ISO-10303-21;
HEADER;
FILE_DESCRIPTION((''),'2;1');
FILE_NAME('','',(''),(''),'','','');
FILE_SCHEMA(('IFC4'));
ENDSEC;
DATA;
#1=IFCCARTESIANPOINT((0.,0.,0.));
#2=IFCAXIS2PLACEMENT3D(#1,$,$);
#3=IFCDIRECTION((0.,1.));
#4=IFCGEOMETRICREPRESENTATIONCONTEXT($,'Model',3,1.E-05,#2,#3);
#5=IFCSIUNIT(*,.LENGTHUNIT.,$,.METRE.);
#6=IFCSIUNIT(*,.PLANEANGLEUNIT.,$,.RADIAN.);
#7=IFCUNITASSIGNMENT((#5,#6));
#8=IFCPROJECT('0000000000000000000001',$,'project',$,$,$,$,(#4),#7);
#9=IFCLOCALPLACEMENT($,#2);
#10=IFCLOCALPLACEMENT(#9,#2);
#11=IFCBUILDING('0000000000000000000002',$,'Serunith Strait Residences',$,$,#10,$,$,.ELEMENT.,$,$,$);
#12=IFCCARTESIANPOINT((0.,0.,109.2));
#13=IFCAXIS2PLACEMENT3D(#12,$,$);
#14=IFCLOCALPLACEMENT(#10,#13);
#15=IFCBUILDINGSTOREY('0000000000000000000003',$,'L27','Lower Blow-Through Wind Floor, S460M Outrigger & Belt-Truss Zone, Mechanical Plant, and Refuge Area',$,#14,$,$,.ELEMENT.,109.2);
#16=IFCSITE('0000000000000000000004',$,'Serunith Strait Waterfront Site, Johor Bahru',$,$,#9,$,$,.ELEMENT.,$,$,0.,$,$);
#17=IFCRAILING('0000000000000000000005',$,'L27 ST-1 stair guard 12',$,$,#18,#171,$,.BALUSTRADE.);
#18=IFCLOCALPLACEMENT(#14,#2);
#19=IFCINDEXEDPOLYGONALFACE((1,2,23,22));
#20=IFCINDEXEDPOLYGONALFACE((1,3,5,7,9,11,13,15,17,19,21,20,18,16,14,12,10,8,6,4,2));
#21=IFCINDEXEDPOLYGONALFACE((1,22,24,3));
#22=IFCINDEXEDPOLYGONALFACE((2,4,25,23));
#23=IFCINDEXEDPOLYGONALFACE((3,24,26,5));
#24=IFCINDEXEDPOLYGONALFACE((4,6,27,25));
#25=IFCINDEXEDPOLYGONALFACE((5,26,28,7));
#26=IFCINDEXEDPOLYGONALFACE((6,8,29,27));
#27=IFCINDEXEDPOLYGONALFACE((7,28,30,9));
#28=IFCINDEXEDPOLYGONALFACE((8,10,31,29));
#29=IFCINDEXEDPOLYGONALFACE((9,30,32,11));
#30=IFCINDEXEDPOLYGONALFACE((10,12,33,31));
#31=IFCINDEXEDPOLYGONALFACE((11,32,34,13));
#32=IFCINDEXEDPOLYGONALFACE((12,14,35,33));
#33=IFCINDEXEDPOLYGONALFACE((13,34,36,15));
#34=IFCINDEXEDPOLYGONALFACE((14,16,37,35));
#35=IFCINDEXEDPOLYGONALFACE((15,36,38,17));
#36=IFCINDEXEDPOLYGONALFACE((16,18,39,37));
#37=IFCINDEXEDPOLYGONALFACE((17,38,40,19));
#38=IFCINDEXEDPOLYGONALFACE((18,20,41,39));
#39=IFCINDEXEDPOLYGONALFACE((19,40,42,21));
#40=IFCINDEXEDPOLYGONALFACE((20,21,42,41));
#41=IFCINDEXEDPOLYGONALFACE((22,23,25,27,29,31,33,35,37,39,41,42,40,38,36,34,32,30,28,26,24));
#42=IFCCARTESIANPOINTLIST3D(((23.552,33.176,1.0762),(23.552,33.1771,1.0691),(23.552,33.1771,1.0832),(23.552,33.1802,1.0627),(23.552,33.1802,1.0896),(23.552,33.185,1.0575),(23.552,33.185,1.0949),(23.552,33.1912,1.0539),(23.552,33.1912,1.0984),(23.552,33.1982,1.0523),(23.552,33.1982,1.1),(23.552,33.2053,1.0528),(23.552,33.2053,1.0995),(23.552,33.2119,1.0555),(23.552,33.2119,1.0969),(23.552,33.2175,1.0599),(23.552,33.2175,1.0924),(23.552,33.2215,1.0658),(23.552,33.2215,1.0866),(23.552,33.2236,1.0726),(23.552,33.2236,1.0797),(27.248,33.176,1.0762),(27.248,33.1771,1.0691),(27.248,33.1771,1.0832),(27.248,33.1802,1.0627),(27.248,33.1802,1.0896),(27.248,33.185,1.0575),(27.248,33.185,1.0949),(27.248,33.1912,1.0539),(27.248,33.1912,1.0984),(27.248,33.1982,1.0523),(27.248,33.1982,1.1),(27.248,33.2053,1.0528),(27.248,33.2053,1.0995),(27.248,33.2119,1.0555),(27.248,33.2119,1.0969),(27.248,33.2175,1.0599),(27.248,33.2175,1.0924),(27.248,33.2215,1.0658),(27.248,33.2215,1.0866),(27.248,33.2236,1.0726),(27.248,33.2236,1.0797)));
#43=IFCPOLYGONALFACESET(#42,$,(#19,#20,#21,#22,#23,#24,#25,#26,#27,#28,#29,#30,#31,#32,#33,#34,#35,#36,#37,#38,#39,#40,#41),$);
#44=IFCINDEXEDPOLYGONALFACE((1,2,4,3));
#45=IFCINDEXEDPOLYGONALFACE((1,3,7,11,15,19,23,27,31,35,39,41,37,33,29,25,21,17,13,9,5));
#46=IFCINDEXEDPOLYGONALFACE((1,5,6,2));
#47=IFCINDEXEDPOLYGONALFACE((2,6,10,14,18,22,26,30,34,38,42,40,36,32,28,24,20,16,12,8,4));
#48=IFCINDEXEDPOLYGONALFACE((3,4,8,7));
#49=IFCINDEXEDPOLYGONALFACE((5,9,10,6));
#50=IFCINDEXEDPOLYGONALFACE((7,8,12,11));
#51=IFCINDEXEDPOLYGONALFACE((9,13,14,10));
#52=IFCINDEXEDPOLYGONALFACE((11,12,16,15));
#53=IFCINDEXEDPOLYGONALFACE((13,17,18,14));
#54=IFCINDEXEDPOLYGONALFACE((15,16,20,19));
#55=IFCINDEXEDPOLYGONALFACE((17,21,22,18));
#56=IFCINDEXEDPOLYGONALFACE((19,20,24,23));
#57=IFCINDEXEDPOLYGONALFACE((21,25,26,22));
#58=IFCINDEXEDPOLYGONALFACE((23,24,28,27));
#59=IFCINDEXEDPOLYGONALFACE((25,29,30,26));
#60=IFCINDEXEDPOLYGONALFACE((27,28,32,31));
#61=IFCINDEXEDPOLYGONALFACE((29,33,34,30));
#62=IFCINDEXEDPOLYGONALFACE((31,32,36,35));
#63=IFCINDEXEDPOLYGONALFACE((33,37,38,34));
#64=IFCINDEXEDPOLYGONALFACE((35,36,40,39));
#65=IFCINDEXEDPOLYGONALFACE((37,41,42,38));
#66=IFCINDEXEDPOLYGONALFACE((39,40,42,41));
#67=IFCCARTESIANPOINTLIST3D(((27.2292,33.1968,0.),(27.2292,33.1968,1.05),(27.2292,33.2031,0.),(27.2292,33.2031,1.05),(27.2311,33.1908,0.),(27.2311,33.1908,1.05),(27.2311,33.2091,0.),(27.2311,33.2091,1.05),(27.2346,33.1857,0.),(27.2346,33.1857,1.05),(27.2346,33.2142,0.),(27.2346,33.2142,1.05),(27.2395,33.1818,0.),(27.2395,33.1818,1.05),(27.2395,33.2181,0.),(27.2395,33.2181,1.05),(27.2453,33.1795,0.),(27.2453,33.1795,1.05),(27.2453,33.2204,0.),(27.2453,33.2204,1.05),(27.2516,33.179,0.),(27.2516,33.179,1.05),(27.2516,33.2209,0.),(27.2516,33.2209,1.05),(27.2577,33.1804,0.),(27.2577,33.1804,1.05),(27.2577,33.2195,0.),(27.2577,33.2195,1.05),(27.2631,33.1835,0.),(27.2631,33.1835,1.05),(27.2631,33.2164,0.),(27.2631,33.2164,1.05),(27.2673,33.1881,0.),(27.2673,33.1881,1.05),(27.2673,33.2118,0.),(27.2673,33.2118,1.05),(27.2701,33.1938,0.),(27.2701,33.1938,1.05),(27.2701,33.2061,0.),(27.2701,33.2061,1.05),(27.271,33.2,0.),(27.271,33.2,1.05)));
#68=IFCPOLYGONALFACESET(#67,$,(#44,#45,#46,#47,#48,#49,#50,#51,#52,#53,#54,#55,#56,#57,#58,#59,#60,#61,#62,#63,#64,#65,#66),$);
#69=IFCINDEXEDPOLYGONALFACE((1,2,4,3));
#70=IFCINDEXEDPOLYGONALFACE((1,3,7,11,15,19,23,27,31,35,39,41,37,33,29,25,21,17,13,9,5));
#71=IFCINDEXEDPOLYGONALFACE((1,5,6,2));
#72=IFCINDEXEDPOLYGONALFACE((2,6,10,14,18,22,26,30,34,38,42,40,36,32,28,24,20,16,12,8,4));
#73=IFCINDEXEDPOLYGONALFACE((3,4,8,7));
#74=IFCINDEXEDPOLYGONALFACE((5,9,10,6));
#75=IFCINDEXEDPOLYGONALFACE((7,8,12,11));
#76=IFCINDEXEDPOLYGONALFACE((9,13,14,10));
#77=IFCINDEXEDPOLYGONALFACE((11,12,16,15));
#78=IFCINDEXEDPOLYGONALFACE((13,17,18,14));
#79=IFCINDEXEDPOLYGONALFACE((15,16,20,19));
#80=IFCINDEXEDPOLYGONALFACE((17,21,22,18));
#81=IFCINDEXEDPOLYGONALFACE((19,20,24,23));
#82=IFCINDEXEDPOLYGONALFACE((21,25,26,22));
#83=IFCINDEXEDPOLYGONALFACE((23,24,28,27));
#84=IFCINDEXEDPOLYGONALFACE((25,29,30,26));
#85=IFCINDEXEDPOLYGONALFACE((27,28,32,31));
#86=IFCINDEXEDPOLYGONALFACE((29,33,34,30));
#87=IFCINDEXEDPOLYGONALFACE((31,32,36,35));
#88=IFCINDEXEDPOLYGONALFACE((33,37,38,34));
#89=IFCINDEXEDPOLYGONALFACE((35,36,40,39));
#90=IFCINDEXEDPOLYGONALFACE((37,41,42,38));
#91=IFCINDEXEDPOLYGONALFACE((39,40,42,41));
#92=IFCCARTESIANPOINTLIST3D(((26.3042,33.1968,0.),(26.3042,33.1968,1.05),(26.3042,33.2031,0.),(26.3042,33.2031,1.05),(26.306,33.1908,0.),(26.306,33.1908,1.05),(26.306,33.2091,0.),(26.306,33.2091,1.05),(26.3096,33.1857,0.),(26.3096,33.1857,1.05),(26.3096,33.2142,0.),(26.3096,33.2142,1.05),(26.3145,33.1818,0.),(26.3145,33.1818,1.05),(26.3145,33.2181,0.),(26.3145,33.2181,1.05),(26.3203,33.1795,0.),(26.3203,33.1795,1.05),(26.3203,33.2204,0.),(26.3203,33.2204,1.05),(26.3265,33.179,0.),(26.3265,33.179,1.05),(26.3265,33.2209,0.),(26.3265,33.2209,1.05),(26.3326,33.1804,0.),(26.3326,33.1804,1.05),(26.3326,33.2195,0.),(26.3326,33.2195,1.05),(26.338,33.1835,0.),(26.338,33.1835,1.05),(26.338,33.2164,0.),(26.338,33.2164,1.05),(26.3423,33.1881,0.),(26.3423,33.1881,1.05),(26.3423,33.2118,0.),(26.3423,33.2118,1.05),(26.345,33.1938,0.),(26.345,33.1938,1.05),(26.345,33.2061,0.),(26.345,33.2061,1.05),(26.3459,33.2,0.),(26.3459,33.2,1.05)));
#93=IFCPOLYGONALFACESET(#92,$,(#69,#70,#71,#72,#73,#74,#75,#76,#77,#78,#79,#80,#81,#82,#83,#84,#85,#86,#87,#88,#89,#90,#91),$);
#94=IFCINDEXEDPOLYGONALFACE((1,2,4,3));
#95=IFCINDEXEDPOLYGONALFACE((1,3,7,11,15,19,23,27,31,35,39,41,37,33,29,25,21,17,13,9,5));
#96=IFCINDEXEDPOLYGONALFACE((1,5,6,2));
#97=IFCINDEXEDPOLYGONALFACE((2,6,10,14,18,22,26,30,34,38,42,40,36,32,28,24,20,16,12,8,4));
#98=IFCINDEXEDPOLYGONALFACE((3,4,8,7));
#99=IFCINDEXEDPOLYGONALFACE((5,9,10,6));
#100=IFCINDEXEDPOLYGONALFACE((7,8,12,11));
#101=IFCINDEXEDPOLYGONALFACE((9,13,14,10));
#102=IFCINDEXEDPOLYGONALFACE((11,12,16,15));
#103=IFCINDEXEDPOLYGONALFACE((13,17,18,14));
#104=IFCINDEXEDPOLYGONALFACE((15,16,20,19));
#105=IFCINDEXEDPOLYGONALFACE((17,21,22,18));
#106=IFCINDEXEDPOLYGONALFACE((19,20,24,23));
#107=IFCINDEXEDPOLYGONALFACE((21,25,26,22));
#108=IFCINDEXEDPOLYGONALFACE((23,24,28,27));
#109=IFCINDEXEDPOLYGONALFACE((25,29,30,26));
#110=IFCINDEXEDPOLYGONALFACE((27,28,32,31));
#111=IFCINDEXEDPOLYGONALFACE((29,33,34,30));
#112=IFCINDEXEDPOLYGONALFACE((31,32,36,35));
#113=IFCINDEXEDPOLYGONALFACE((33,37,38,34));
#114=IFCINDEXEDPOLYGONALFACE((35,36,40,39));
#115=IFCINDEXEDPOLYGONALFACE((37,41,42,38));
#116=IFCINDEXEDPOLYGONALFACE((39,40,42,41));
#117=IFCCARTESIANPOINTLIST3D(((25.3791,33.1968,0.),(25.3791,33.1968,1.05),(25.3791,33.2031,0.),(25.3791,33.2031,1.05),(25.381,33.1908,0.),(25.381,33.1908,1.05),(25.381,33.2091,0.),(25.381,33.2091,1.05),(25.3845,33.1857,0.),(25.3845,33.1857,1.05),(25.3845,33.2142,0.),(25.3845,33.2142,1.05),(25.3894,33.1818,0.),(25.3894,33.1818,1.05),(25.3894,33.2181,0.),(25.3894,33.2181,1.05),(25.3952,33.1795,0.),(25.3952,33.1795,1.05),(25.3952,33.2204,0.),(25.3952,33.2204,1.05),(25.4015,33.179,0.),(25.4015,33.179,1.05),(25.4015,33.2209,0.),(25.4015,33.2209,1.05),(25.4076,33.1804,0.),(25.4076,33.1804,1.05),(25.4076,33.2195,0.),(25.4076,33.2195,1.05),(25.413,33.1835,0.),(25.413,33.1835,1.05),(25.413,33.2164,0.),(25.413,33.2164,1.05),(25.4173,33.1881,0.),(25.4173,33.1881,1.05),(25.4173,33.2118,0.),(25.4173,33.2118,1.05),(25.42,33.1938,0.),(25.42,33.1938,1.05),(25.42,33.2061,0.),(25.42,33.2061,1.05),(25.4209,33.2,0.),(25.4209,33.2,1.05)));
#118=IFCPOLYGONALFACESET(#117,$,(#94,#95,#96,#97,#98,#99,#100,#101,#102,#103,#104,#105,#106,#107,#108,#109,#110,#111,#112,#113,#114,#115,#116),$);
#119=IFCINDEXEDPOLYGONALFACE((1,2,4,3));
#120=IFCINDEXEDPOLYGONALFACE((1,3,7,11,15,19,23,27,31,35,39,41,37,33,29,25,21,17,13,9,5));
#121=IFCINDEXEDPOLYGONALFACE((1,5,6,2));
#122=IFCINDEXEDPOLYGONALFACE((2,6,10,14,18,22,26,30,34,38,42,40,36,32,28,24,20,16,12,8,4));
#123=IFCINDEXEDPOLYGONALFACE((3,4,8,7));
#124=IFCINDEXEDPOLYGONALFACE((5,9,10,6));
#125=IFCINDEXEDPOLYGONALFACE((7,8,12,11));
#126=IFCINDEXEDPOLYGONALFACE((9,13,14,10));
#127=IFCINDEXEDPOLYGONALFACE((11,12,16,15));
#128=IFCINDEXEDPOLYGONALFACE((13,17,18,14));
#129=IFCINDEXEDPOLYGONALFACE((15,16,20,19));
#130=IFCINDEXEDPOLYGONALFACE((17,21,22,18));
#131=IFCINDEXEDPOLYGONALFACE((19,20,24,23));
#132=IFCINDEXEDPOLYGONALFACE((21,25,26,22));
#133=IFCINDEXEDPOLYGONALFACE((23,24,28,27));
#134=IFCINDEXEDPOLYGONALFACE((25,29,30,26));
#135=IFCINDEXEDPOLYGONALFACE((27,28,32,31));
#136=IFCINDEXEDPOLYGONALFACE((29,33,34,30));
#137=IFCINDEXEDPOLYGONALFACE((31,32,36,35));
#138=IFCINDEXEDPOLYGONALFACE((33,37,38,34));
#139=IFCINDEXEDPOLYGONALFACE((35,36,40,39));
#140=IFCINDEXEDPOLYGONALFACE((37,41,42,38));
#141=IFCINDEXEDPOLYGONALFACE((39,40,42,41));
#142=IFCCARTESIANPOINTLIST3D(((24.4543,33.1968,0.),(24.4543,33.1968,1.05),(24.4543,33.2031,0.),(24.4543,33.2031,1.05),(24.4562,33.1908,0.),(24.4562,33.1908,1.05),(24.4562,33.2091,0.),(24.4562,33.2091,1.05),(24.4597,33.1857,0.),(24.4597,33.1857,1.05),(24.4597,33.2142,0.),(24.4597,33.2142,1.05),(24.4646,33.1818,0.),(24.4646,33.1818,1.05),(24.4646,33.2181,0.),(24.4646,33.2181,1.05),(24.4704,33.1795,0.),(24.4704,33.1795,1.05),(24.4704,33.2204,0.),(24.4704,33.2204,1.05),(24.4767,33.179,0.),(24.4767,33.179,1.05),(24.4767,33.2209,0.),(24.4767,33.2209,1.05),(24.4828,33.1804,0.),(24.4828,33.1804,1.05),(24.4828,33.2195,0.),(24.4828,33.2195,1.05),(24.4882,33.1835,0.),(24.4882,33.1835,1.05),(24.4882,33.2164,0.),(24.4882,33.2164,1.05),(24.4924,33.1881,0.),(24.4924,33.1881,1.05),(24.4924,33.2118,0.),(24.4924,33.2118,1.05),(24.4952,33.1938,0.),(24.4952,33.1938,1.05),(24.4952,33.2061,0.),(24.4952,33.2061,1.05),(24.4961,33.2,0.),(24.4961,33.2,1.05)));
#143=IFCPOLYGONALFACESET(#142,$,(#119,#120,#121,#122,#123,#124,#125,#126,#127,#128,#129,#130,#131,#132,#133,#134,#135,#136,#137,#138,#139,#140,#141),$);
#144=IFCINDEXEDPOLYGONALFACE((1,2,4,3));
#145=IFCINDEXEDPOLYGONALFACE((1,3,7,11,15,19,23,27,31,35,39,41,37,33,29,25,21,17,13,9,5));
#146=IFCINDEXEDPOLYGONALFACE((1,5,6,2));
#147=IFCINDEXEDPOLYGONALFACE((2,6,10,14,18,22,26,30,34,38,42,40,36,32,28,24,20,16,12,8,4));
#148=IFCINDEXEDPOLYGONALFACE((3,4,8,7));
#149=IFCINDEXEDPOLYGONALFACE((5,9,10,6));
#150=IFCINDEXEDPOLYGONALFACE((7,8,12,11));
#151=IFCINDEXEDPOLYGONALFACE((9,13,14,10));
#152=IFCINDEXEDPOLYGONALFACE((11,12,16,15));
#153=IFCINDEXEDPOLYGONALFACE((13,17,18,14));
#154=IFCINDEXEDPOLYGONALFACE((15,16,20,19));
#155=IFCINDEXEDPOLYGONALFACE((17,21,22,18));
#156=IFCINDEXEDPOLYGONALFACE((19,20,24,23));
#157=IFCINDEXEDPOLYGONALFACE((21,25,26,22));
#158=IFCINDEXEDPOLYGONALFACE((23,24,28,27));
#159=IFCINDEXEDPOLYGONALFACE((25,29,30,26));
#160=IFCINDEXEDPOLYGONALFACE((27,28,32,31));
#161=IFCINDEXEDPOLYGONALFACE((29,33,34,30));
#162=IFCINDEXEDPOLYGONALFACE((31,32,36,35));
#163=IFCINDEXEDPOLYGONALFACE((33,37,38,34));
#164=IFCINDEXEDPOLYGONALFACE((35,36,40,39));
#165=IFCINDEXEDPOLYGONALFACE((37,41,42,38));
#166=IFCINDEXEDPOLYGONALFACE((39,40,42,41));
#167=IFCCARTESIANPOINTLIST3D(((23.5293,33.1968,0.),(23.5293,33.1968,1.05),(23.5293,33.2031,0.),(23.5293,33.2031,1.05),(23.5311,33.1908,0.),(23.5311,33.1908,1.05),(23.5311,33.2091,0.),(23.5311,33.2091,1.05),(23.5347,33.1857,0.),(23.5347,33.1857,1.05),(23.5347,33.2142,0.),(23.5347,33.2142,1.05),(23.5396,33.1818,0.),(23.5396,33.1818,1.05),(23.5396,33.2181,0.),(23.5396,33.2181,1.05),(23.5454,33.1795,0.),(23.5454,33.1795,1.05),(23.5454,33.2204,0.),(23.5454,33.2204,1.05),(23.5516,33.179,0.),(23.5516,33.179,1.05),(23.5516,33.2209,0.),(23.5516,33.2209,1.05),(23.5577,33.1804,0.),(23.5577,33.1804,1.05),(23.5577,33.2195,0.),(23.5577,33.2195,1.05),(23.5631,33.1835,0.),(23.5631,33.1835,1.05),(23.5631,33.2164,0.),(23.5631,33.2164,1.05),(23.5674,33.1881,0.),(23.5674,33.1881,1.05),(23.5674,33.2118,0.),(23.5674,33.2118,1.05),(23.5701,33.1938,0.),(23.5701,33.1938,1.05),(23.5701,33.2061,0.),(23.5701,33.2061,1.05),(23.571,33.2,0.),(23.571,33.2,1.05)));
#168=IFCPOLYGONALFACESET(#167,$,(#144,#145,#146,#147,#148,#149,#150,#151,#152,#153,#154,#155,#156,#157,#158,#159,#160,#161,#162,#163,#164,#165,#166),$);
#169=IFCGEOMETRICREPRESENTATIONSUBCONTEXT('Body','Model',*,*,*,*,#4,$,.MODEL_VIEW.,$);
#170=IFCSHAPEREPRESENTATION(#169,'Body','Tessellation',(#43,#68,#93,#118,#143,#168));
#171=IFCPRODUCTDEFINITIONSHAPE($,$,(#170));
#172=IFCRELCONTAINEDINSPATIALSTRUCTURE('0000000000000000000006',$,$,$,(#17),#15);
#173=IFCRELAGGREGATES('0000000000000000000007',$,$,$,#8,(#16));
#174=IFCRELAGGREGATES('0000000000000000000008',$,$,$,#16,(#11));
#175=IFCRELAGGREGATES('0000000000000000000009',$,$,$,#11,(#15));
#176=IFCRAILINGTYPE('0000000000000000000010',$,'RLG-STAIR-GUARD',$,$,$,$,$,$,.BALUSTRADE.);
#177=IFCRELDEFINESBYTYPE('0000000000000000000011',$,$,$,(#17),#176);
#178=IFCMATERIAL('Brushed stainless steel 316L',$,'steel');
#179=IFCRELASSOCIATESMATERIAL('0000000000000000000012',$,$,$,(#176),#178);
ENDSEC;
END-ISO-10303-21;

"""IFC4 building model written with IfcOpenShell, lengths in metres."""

from ifc_helpers import new_model, si_unit, direction, frame, origin, origin_2d, place, context, subcontext, project, spatial, circle, extrude, material, type_object, element, save


model = new_model("IFC4")

# Units and contexts
model_context = context("Model", 3, precision=1e-05, world=origin(), true_north=direction((0.0, 1.0)))
body_context = subcontext(model_context, "Body", "Model", "MODEL_VIEW")
ifc_project = project(units=[si_unit("LENGTHUNIT", "METRE"), si_unit("PLANEANGLEUNIT", "RADIAN")], contexts=[model_context])

# Site, building, storey
site_placement = place(None, origin())
site = spatial("IfcSite", under=ifc_project, at=site_placement, Name="Serunith Strait Waterfront Site, Johor Bahru", CompositionType="ELEMENT", RefElevation=0.0)
building_placement = place(site_placement, origin())
building = spatial("IfcBuilding", under=site, at=building_placement, Name="Serunith Strait Residences", CompositionType="ELEMENT")
storey_placement = place(building_placement, frame((0.0, 0.0, 109.2)))
storey = spatial("IfcBuildingStorey", under=building, at=storey_placement, Name="L27", Description="Lower Blow-Through Wind Floor, S460M Outrigger & Belt-Truss Zone, Mechanical Plant, and Refuge Area", CompositionType="ELEMENT", Elevation=109.2)

# Railing
ifc_material_1 = material(Name="Brushed stainless steel 316L", Category="steel")
railing_type_1 = type_object("IfcRailingType", Name="RLG-STAIR-GUARD", PredefinedType="BALUSTRADE", material=ifc_material_1)
railing_1_placement = place(storey_placement, frame((27.25, 33.2, 0.0)))
element("IfcRailing", 1, at=railing_1_placement, inside=storey, type_object=railing_type_1, Name="L27 ST-1 stair guard 12", PredefinedType="BALUSTRADE", context=body_context, shape_type="SweptSolid", body=[
    extrude(circle(Radius=0.0239, at=origin_2d()), frame((-0.002, 0.0, 1.0762), z_axis=(-1.0, 0.0, 0.0), x_axis=(0.0, -1.0, 0.0)), (0.0, 0.0, 1.0), 3.696),
    extrude(circle(Radius=0.021, at=origin_2d()), origin(), (0.0, 0.0, 1.0), 1.05),
    extrude(circle(Radius=0.021, at=origin_2d()), frame((-0.925, 0.0, 0.0)), (0.0, 0.0, 1.0), 1.05),
    extrude(circle(Radius=0.021, at=origin_2d()), frame((-1.8501, 0.0, 0.0)), (0.0, 0.0, 1.0), 1.05),
    extrude(circle(Radius=0.021, at=origin_2d()), frame((-2.7749, 0.0, 0.0)), (0.0, 0.0, 1.0), 1.05),
    extrude(circle(Radius=0.021, at=origin_2d()), frame((-3.7, 0.0, 0.0)), (0.0, 0.0, 1.0), 1.05),
])

save(model, "model.ifc")
